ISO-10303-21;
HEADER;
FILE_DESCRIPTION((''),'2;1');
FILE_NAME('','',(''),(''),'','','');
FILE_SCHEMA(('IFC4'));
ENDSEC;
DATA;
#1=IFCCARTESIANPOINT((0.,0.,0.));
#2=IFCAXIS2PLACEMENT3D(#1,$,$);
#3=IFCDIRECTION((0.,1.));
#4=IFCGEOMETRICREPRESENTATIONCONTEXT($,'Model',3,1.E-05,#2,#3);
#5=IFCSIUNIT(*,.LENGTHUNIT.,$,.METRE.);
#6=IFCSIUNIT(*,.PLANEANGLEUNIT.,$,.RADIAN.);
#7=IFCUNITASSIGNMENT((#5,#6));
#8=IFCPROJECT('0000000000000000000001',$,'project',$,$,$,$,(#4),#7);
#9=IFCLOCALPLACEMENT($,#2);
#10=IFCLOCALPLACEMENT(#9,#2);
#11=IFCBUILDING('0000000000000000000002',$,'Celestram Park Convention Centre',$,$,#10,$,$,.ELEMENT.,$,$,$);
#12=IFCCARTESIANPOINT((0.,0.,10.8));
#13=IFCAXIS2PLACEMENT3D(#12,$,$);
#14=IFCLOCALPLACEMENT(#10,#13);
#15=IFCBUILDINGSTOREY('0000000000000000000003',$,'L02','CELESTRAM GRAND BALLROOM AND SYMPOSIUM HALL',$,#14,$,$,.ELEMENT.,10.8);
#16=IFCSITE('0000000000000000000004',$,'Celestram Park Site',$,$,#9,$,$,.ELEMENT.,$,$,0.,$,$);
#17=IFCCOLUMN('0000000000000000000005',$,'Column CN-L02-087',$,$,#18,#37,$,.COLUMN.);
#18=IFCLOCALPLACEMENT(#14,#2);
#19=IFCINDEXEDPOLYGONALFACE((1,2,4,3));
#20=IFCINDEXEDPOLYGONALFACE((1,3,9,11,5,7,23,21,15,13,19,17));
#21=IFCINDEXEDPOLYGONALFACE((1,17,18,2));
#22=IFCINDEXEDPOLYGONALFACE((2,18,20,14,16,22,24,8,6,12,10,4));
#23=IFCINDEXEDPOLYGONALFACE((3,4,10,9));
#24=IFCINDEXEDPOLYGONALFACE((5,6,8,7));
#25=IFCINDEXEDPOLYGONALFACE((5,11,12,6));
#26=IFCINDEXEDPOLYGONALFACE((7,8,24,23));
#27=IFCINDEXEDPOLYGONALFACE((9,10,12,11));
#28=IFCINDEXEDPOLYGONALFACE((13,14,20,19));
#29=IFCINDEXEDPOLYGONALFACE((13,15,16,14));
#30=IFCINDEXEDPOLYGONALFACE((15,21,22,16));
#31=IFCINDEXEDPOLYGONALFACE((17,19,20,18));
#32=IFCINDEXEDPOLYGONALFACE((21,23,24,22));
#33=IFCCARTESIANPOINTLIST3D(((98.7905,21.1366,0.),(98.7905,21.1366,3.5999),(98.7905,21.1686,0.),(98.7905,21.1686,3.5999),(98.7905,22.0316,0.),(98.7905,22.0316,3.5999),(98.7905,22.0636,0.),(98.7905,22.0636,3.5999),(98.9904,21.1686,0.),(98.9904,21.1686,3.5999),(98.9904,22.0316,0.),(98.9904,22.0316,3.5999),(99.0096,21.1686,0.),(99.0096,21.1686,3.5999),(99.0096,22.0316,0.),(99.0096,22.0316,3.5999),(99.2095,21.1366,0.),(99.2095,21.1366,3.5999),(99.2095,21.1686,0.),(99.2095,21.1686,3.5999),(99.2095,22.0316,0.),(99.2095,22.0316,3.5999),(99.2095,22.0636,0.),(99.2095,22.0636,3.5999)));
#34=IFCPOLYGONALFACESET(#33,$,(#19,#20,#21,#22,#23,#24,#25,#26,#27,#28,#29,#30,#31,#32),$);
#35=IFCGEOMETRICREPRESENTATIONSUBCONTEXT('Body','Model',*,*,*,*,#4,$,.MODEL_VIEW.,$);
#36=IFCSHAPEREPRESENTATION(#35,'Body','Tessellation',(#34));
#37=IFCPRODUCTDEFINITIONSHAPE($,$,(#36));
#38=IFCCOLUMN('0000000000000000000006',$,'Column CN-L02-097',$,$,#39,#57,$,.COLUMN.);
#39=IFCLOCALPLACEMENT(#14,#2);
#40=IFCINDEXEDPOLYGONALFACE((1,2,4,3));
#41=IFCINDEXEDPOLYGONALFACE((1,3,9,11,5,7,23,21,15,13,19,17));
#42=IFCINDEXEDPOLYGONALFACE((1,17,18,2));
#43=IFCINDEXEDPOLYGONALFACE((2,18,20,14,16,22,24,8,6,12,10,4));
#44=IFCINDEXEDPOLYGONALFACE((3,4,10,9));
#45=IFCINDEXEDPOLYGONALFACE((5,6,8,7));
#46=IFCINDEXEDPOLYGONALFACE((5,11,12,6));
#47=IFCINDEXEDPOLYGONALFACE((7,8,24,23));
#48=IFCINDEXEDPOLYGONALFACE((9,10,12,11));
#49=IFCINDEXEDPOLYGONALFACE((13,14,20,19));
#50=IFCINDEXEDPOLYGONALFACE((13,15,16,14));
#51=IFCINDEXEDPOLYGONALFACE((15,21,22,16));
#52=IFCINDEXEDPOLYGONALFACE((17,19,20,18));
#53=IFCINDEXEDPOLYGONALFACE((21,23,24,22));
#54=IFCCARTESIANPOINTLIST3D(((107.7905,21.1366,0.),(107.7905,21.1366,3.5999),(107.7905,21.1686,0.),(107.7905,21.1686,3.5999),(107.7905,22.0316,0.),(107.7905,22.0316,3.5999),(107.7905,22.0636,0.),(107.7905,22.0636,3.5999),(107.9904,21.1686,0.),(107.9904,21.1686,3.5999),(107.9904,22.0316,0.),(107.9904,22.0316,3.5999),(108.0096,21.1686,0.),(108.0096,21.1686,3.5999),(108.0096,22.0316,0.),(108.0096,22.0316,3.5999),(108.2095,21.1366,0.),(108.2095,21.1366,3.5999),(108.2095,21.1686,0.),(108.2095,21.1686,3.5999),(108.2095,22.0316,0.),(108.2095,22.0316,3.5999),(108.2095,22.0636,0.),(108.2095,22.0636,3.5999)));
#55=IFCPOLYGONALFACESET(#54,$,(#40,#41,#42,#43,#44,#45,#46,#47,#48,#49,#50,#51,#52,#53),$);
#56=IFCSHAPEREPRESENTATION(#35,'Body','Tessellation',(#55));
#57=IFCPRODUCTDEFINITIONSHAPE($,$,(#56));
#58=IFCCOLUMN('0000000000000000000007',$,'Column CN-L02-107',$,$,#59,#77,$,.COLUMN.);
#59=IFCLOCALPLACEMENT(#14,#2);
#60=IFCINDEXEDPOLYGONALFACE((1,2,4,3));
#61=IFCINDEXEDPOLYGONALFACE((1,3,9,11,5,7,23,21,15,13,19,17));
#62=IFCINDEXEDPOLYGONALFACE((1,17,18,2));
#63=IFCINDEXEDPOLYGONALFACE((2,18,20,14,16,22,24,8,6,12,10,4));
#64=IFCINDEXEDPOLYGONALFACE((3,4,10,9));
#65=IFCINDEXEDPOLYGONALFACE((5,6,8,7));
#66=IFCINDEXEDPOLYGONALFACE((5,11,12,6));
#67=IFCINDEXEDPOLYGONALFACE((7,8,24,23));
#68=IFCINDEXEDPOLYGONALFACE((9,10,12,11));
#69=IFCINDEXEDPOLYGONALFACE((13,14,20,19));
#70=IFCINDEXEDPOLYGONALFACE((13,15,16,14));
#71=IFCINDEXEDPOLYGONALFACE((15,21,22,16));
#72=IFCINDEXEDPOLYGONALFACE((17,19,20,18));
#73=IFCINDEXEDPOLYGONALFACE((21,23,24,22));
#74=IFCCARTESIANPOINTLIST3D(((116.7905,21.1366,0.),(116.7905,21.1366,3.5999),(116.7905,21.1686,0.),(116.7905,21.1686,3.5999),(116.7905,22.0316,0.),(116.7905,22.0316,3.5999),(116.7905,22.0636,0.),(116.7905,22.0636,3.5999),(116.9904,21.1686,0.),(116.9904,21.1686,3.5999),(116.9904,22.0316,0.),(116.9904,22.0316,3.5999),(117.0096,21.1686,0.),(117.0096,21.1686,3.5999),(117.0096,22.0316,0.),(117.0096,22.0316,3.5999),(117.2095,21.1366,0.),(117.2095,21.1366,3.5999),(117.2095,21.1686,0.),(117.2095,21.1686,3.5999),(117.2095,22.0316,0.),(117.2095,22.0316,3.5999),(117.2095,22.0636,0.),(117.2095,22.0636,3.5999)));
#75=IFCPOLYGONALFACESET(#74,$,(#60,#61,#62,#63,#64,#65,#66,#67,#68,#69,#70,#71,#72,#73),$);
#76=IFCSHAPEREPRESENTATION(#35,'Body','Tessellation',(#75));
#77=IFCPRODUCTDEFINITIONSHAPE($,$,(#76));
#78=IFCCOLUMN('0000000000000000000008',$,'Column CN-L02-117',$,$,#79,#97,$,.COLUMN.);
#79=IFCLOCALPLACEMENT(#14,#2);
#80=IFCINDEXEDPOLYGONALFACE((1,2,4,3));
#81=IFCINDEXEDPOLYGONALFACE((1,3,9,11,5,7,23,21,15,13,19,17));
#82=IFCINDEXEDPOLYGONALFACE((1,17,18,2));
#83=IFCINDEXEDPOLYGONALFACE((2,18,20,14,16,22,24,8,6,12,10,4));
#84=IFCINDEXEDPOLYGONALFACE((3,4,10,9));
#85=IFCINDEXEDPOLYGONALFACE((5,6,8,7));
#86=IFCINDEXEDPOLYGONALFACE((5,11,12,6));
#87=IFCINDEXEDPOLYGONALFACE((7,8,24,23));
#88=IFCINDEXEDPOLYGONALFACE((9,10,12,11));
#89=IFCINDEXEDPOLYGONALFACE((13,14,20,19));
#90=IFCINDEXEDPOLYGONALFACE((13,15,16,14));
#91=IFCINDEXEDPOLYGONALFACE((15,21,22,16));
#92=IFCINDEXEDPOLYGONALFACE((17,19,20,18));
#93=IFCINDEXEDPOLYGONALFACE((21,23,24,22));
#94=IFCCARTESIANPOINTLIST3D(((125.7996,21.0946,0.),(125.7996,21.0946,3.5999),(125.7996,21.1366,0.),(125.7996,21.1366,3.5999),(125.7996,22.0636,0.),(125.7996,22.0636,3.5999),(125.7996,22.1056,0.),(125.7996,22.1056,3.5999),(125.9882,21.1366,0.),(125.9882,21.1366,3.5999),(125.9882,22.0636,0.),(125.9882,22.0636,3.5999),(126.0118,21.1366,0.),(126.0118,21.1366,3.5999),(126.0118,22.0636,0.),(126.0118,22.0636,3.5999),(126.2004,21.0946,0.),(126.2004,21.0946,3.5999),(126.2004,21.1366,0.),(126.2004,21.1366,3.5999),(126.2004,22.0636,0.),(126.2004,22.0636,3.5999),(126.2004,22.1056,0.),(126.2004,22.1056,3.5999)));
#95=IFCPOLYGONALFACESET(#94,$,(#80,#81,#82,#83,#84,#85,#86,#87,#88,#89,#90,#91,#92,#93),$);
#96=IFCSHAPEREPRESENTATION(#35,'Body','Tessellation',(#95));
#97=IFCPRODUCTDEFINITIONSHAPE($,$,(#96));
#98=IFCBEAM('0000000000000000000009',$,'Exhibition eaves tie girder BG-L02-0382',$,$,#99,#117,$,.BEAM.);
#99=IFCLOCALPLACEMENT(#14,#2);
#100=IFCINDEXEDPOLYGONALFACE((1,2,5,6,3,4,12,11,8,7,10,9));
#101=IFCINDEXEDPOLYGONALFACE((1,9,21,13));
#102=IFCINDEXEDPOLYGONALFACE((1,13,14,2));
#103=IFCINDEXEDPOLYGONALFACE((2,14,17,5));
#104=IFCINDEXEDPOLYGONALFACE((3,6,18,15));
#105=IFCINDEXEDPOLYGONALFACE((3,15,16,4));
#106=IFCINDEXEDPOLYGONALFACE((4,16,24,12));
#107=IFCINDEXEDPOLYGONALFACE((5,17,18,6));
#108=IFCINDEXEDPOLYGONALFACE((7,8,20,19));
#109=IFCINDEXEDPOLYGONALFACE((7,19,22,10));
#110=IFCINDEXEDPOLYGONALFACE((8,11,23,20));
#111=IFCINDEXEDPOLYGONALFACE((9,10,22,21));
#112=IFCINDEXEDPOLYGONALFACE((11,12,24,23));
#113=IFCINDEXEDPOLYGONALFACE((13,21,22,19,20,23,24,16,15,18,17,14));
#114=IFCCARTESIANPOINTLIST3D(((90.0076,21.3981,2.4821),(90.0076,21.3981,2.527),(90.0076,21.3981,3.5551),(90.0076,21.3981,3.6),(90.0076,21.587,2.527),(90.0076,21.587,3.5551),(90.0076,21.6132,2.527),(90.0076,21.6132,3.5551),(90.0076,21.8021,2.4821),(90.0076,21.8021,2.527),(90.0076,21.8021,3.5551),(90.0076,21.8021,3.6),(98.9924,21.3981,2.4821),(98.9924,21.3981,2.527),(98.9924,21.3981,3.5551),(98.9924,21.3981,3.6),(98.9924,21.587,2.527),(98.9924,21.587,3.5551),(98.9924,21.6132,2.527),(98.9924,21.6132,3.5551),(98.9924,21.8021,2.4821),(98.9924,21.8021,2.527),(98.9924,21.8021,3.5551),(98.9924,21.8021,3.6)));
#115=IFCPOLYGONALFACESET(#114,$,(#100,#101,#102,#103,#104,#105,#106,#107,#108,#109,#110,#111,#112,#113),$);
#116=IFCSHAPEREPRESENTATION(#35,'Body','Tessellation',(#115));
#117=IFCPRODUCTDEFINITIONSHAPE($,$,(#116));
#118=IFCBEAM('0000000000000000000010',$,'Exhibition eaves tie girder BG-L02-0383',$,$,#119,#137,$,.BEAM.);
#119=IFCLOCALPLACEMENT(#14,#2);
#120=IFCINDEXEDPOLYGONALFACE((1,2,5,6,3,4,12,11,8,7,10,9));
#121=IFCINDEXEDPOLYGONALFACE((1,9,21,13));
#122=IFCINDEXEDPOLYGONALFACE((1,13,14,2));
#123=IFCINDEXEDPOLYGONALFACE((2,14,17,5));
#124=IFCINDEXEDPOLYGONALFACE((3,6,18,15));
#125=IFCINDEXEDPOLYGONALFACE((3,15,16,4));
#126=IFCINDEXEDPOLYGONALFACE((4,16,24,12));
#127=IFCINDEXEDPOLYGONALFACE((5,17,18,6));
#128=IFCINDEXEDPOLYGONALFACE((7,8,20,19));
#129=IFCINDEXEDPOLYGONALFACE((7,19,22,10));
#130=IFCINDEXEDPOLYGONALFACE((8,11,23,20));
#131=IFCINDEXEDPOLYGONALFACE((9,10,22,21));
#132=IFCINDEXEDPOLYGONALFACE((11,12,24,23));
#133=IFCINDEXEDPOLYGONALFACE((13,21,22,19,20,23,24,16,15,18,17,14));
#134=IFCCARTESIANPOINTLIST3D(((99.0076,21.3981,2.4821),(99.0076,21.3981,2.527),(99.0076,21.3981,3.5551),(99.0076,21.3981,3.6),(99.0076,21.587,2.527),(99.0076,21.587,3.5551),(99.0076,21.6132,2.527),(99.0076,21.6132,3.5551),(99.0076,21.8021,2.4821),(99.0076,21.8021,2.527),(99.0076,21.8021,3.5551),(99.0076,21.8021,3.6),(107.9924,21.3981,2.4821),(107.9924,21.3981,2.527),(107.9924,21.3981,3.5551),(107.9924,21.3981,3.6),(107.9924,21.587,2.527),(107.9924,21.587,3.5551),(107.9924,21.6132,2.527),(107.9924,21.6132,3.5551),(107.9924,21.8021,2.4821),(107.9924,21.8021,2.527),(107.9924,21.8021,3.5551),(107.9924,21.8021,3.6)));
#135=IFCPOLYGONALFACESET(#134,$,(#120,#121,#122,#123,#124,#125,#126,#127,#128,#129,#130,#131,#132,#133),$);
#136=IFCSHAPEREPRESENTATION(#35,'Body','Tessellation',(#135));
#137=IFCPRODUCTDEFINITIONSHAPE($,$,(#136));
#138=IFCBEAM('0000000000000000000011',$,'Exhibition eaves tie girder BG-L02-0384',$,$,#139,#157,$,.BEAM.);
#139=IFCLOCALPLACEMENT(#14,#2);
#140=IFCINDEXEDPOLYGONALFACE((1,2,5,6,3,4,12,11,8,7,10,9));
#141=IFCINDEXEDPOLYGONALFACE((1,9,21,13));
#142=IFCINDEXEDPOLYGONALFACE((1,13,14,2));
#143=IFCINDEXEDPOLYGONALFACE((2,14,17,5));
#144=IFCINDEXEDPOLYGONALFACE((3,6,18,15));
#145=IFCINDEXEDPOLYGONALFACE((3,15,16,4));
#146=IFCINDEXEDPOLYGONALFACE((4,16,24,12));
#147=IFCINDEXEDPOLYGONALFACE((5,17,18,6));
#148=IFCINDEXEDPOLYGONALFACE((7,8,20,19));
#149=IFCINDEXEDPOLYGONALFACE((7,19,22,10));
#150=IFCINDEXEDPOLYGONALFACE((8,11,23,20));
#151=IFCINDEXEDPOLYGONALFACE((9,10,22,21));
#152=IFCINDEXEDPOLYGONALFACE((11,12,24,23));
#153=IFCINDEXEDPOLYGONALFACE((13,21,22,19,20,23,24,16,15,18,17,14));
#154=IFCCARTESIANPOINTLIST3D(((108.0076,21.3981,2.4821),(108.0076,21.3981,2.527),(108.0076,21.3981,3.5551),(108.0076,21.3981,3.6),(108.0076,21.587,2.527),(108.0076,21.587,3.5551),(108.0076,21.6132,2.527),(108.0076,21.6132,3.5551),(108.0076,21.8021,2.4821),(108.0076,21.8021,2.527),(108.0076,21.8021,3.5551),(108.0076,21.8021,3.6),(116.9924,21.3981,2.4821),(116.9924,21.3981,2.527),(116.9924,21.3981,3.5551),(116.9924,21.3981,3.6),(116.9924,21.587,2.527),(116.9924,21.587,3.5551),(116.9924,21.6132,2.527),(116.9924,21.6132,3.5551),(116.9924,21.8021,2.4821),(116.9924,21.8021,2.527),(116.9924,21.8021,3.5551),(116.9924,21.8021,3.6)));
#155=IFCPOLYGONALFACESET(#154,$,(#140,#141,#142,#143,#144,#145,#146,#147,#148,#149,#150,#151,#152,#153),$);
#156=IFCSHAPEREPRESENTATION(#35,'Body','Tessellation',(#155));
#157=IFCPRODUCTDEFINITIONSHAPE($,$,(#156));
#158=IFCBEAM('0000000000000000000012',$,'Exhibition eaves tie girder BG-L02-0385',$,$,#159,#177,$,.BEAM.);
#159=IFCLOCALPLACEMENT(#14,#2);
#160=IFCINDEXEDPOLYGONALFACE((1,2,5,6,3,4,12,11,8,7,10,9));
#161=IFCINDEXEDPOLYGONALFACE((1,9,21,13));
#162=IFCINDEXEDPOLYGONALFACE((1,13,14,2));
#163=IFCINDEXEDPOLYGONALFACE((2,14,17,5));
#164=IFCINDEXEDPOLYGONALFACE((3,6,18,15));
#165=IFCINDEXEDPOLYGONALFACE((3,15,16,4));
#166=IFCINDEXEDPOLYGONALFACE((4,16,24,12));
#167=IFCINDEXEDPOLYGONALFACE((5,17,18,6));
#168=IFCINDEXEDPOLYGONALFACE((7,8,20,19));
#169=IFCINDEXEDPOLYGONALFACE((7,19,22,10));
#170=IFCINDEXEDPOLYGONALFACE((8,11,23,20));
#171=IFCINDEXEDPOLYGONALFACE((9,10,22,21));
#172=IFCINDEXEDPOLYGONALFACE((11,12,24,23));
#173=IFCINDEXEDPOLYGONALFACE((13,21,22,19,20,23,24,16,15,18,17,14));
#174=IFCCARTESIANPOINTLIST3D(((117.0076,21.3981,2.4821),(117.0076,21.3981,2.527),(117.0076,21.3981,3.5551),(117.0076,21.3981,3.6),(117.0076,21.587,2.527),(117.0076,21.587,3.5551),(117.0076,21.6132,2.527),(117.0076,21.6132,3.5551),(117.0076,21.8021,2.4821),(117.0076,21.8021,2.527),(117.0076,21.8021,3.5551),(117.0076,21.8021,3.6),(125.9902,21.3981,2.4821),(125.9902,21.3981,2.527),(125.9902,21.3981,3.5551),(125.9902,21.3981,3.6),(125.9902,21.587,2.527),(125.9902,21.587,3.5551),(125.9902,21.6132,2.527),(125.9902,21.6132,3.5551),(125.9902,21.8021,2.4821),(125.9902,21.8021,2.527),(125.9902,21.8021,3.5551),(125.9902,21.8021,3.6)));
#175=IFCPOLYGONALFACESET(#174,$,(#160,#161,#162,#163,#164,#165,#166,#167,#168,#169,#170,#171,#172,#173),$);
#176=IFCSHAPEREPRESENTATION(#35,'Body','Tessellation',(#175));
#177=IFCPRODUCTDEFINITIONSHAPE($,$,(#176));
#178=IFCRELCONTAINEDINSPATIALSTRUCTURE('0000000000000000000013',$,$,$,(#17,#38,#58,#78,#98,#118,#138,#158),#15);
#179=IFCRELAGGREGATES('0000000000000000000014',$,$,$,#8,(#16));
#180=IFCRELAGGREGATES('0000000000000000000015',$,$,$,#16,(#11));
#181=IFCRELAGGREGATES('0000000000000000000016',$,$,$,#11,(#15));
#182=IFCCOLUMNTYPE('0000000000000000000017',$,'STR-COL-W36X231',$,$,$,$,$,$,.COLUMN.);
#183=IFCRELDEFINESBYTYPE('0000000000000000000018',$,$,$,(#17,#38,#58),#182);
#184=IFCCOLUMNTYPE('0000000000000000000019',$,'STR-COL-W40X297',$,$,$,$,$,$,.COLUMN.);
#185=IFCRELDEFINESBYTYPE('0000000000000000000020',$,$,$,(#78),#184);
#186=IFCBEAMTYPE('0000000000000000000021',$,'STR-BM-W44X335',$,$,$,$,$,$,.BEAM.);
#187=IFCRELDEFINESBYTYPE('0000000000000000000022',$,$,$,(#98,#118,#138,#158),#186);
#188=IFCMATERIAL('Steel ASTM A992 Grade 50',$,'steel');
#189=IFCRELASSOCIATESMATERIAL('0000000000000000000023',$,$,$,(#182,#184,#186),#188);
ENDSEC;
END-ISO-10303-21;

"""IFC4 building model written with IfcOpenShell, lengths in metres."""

from ifc_helpers import new_model, si_unit, direction, frame, origin, origin_2d, place, context, subcontext, project, spatial, i_section, extrude, material, material_profile, profile_set, type_object, element, save


model = new_model("IFC4")

# Units and contexts
model_context = context("Model", 3, precision=1e-05, world=origin(), true_north=direction((0.0, 1.0)))
body_context = subcontext(model_context, "Body", "Model", "MODEL_VIEW")
ifc_project = project(units=[si_unit("LENGTHUNIT", "METRE"), si_unit("PLANEANGLEUNIT", "RADIAN")], contexts=[model_context])

# Site, building, storey
site_placement = place(None, origin())
site = spatial("IfcSite", under=ifc_project, at=site_placement, Name="Celestram Park Site", CompositionType="ELEMENT", RefElevation=0.0)
building_placement = place(site_placement, origin())
building = spatial("IfcBuilding", under=site, at=building_placement, Name="Celestram Park Convention Centre", CompositionType="ELEMENT")
storey_placement = place(building_placement, frame((0.0, 0.0, 10.8)))
storey = spatial("IfcBuildingStorey", under=building, at=storey_placement, Name="L02", Description="CELESTRAM GRAND BALLROOM AND SYMPOSIUM HALL", CompositionType="ELEMENT", Elevation=10.8)

# Columns
ifc_material_1 = material(Name="Steel ASTM A992 Grade 50", Category="steel")
ifc_material_profile_1 = material_profile(ifc_material_1, i_section(OverallWidth=0.4189, OverallDepth=0.927, WebThickness=0.0193, FlangeThickness=0.032, at=origin_2d()), Name="W36X231")
ifc_profile_set_1 = profile_set([ifc_material_profile_1], Name="Steel ASTM A992 Grade 50")
column_type_1 = type_object("IfcColumnType", Name="STR-COL-W36X231", PredefinedType="COLUMN", material=ifc_profile_set_1)
for number, where, z_axis, x_axis, name in (
    (1, (99.0, 21.6001, 0.0), (0.0, 0.0, 1.0), (1.0, 0.0, 0.0), "Column CN-L02-087"),
    (2, (108.0, 21.6001, 0.0), (0.0, 0.0, 1.0), (1.0, 0.0, 0.0), "Column CN-L02-097"),
    (3, (117.0, 21.6001, 0.0), (0.0, 0.0, 1.0), (1.0, 0.0, 0.0), "Column CN-L02-107"),
):
    element("IfcColumn", number, at=place(storey_placement, frame(where, z_axis=z_axis, x_axis=x_axis)), inside=storey, type_object=column_type_1, Name=name, PredefinedType="COLUMN", context=body_context, shape_type="SweptSolid", body=[
        extrude(i_section(OverallWidth=0.4189, OverallDepth=0.927, WebThickness=0.0193, FlangeThickness=0.032, at=origin_2d()), origin(), (0.0, 0.0, 1.0), 3.5999),
    ])
ifc_material_profile_2 = material_profile(ifc_material_1, i_section(OverallWidth=0.4009, OverallDepth=1.011, WebThickness=0.0237, FlangeThickness=0.042, at=origin_2d()), Name="W40X297")
ifc_profile_set_2 = profile_set([ifc_material_profile_2], Name="Steel ASTM A992 Grade 50")
column_type_2 = type_object("IfcColumnType", Name="STR-COL-W40X297", PredefinedType="COLUMN", material=ifc_profile_set_2)
column_placement = place(storey_placement, frame((126.0, 21.6001, 0.0), z_axis=(0.0, 0.0, 1.0), x_axis=(1.0, 0.0, 0.0)))
element("IfcColumn", 4, at=column_placement, inside=storey, type_object=column_type_2, Name="Column CN-L02-117", PredefinedType="COLUMN", context=body_context, shape_type="SweptSolid", body=[
    extrude(i_section(OverallWidth=0.4009, OverallDepth=1.011, WebThickness=0.0237, FlangeThickness=0.042, at=origin_2d()), origin(), (0.0, 0.0, 1.0), 3.5999),
])

# Beams
ifc_material_profile_3 = material_profile(ifc_material_1, i_section(OverallWidth=0.4041, OverallDepth=1.1179, WebThickness=0.0261, FlangeThickness=0.0449, at=origin_2d()), Name="W44X335")
ifc_profile_set_3 = profile_set([ifc_material_profile_3], Name="Steel ASTM A992 Grade 50")
beam_type_1 = type_object("IfcBeamType", Name="STR-BM-W44X335", PredefinedType="BEAM", material=ifc_profile_set_3)
for number, where, z_axis, x_axis, name in (
    (5, (90.0076, 21.6001, 3.041), (1.0, 0.0, 0.0), (0.0, 1.0, 0.0), "Exhibition eaves tie girder BG-L02-0382"),
    (6, (99.0076, 21.6001, 3.041), (1.0, 0.0, 0.0), (0.0, 1.0, 0.0), "Exhibition eaves tie girder BG-L02-0383"),
    (7, (108.0076, 21.6001, 3.041), (1.0, 0.0, 0.0), (0.0, 1.0, 0.0), "Exhibition eaves tie girder BG-L02-0384"),
):
    element("IfcBeam", number, at=place(storey_placement, frame(where, z_axis=z_axis, x_axis=x_axis)), inside=storey, type_object=beam_type_1, Name=name, PredefinedType="BEAM", context=body_context, shape_type="SweptSolid", body=[
        extrude(i_section(OverallWidth=0.4041, OverallDepth=1.1179, WebThickness=0.0261, FlangeThickness=0.0449, at=origin_2d()), origin(), (0.0, 0.0, 1.0), 8.9849),
    ])
beam_placement = place(storey_placement, frame((117.0076, 21.6001, 3.041), z_axis=(1.0, 0.0, 0.0), x_axis=(0.0, 1.0, 0.0)))
element("IfcBeam", 8, at=beam_placement, inside=storey, type_object=beam_type_1, Name="Exhibition eaves tie girder BG-L02-0385", PredefinedType="BEAM", context=body_context, shape_type="SweptSolid", body=[
    extrude(i_section(OverallWidth=0.4041, OverallDepth=1.1179, WebThickness=0.0261, FlangeThickness=0.0449, at=origin_2d()), origin(), (0.0, 0.0, 1.0), 8.9827),
])

save(model, "model.ifc")
